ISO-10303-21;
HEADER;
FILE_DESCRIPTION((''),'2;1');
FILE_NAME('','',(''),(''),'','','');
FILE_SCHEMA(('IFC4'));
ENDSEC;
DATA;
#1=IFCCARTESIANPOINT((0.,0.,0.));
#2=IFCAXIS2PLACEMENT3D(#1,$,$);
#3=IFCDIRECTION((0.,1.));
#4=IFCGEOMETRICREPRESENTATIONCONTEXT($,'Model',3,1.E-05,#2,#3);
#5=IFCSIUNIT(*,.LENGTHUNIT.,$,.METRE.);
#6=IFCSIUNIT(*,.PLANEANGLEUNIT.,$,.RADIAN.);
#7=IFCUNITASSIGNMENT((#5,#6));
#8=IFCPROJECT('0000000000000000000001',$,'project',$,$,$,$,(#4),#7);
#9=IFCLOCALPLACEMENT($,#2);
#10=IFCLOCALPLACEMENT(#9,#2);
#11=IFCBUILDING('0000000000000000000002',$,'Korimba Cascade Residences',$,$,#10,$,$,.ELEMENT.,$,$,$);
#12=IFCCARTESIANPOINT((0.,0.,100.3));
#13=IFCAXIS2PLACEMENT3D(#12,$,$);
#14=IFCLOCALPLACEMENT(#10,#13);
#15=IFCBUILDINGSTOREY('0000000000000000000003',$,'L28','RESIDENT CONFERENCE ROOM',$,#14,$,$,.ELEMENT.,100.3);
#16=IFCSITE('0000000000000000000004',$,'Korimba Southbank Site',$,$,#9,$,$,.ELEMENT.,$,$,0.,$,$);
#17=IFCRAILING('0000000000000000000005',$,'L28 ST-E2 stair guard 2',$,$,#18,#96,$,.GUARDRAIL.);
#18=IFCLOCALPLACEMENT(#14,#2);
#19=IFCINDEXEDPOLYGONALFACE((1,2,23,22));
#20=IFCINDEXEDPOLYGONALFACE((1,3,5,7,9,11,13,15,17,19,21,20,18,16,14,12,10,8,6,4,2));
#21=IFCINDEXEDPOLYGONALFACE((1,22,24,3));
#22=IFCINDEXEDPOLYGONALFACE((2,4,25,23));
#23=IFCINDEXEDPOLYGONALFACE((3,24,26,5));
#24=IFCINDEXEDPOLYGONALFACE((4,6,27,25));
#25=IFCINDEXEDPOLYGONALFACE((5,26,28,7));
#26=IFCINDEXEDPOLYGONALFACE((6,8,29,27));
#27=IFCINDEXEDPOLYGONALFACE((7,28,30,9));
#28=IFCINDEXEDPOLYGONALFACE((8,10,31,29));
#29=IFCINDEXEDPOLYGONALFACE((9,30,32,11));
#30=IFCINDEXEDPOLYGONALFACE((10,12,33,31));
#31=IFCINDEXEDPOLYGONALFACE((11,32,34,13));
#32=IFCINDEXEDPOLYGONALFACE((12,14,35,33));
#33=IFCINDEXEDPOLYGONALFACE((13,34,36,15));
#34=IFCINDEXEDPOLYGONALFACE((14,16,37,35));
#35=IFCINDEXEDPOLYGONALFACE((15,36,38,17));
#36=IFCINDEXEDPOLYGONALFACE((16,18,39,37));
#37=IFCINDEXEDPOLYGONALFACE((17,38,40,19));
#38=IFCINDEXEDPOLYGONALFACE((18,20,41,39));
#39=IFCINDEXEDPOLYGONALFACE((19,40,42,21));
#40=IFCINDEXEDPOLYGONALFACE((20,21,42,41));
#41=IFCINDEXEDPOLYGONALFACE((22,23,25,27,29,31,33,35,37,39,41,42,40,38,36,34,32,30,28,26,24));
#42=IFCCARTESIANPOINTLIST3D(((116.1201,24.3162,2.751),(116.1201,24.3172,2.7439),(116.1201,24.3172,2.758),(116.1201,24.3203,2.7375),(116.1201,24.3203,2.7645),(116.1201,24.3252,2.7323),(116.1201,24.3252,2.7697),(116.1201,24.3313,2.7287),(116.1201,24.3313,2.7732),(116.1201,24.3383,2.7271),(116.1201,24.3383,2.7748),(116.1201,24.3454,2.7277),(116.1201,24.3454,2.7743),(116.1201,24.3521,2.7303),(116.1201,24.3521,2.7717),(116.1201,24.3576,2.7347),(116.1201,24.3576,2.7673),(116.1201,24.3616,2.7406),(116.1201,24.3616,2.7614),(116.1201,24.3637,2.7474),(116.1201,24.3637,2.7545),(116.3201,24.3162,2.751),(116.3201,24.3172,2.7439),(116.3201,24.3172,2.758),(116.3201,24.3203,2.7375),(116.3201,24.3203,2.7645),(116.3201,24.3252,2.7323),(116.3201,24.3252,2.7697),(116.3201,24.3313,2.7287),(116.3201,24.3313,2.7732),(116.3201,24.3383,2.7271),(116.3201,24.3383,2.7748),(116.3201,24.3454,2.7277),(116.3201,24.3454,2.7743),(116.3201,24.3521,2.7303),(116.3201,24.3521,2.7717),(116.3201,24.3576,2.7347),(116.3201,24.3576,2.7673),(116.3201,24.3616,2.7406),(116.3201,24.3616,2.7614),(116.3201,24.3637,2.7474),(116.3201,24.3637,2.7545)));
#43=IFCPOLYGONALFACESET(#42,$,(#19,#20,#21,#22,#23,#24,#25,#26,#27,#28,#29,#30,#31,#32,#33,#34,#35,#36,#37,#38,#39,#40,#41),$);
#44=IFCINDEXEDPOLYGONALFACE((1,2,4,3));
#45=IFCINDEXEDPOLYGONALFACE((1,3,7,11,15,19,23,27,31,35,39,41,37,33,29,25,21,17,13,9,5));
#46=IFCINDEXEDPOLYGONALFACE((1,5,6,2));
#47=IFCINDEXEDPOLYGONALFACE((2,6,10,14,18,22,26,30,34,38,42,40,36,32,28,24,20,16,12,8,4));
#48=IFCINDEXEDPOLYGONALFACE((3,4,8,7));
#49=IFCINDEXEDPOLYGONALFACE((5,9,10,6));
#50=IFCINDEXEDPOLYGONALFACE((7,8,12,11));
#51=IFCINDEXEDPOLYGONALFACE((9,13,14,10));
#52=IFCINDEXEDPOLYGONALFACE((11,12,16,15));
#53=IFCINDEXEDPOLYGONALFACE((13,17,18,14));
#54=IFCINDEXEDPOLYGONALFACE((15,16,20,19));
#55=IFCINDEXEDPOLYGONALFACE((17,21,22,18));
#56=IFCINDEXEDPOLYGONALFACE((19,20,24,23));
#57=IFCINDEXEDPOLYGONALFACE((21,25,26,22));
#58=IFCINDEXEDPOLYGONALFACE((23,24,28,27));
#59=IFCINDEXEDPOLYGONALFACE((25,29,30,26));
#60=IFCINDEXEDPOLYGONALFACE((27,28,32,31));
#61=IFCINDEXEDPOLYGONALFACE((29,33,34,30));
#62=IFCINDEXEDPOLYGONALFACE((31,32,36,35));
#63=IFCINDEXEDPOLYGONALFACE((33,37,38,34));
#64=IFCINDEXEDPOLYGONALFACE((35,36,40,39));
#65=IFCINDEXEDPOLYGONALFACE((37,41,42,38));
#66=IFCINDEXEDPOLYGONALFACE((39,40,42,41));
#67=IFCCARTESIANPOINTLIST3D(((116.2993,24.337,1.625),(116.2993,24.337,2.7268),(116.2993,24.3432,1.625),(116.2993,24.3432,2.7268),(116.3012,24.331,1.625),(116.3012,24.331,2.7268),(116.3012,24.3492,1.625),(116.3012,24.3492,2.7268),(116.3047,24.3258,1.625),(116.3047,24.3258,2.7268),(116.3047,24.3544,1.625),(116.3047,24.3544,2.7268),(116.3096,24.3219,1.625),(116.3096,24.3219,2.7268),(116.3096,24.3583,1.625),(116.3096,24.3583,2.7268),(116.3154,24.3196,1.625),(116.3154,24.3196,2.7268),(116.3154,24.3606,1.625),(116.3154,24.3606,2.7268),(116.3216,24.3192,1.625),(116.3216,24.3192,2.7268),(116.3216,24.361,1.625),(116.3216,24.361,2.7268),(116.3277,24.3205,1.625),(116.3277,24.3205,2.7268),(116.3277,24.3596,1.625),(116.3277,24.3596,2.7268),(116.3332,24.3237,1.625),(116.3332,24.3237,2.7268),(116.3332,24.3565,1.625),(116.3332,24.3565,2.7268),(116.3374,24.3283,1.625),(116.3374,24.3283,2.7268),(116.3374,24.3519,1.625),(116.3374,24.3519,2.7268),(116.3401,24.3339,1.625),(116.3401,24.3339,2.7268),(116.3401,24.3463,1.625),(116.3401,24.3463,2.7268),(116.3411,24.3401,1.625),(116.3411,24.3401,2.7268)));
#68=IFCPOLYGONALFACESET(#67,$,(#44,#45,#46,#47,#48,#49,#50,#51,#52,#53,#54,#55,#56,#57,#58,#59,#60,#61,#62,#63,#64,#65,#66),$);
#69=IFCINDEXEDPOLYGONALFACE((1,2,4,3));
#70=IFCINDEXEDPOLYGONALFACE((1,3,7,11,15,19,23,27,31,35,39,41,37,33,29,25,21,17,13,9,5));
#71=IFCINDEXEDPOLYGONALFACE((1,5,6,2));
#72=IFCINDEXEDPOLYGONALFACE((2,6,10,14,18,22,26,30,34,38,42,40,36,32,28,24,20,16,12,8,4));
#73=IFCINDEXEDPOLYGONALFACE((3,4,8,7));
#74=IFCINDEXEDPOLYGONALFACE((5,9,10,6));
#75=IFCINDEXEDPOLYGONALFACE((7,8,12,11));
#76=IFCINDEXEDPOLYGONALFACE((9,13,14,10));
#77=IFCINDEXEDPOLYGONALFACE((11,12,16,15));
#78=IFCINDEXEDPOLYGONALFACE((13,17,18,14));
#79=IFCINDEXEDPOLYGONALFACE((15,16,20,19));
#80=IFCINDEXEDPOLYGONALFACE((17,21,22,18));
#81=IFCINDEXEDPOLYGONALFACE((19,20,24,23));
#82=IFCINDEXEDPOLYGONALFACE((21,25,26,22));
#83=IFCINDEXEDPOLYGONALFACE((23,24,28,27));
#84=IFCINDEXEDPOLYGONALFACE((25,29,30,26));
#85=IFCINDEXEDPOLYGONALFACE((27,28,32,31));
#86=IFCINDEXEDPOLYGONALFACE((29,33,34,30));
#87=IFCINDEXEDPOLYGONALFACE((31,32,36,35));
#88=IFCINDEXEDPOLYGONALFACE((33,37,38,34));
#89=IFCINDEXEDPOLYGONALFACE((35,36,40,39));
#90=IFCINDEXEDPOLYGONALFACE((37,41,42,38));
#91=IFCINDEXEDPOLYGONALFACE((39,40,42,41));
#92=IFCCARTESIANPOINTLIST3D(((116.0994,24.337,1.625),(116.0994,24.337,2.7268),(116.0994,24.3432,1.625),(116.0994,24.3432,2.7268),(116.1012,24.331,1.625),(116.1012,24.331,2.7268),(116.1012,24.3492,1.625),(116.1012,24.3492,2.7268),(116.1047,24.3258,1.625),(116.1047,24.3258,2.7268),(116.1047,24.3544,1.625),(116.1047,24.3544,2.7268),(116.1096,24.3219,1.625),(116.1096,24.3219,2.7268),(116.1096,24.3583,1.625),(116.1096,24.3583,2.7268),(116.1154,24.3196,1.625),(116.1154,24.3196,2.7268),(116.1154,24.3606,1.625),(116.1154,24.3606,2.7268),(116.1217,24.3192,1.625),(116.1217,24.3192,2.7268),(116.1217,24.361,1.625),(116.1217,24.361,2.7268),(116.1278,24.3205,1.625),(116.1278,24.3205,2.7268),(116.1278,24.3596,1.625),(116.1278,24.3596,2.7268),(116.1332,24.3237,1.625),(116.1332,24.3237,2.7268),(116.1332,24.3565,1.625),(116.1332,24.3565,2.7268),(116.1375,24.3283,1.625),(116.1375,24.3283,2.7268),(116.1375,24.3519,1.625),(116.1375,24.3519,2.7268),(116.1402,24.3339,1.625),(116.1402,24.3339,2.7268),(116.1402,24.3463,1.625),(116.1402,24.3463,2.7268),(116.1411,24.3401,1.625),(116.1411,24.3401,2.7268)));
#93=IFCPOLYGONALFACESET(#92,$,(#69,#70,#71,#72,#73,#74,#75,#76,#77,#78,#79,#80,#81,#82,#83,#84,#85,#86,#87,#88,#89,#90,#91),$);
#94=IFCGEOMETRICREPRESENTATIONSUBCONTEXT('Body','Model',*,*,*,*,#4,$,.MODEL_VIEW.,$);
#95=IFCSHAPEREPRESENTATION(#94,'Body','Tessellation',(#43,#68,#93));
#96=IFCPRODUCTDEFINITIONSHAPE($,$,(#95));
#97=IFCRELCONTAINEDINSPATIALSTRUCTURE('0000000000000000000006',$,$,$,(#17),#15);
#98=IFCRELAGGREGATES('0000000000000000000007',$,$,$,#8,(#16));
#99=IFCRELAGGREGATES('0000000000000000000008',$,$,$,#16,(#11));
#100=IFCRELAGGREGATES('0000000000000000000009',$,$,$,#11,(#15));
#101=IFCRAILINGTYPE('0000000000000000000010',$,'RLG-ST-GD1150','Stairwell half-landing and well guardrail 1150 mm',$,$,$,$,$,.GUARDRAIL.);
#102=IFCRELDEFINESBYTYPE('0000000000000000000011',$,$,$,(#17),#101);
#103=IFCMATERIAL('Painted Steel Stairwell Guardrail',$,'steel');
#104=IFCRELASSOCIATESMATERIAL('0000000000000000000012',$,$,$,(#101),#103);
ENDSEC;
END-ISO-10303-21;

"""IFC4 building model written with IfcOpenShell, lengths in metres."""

from ifc_helpers import new_model, si_unit, direction, frame, origin, origin_2d, place, context, subcontext, project, spatial, circle, extrude, material, type_object, element, save


model = new_model("IFC4")

# Units and contexts
model_context = context("Model", 3, precision=1e-05, world=origin(), true_north=direction((0.0, 1.0)))
body_context = subcontext(model_context, "Body", "Model", "MODEL_VIEW")
ifc_project = project(units=[si_unit("LENGTHUNIT", "METRE"), si_unit("PLANEANGLEUNIT", "RADIAN")], contexts=[model_context])

# Site, building, storey
site_placement = place(None, origin())
site = spatial("IfcSite", under=ifc_project, at=site_placement, Name="Korimba Southbank Site", CompositionType="ELEMENT", RefElevation=0.0)
building_placement = place(site_placement, origin())
building = spatial("IfcBuilding", under=site, at=building_placement, Name="Korimba Cascade Residences", CompositionType="ELEMENT")
storey_placement = place(building_placement, frame((0.0, 0.0, 100.3)))
storey = spatial("IfcBuildingStorey", under=building, at=storey_placement, Name="L28", Description="RESIDENT CONFERENCE ROOM", CompositionType="ELEMENT", Elevation=100.3)

# Railing
ifc_material_1 = material(Name="Painted Steel Stairwell Guardrail", Category="steel")
railing_type_1 = type_object("IfcRailingType", Name="RLG-ST-GD1150", Description="Stairwell half-landing and well guardrail 1150 mm", PredefinedType="GUARDRAIL", material=ifc_material_1)
railing_1_placement = place(storey_placement, frame((116.3201, 24.3401, 1.625)))
element("IfcRailing", 1, at=railing_1_placement, inside=storey, type_object=railing_type_1, Name="L28 ST-E2 stair guard 2", PredefinedType="GUARDRAIL", context=body_context, shape_type="SweptSolid", body=[
    extrude(circle(Radius=0.0239, at=origin_2d()), frame((0.0, 0.0, 1.126), z_axis=(-1.0, 0.0, 0.0), x_axis=(0.0, -1.0, 0.0)), (0.0, 0.0, 1.0), 0.2),
    extrude(circle(Radius=0.021, at=origin_2d()), origin(), (0.0, 0.0, 1.0), 1.1018),
    extrude(circle(Radius=0.021, at=origin_2d()), frame((-0.2, 0.0, 0.0)), (0.0, 0.0, 1.0), 1.1018),
])

save(model, "model.ifc")
